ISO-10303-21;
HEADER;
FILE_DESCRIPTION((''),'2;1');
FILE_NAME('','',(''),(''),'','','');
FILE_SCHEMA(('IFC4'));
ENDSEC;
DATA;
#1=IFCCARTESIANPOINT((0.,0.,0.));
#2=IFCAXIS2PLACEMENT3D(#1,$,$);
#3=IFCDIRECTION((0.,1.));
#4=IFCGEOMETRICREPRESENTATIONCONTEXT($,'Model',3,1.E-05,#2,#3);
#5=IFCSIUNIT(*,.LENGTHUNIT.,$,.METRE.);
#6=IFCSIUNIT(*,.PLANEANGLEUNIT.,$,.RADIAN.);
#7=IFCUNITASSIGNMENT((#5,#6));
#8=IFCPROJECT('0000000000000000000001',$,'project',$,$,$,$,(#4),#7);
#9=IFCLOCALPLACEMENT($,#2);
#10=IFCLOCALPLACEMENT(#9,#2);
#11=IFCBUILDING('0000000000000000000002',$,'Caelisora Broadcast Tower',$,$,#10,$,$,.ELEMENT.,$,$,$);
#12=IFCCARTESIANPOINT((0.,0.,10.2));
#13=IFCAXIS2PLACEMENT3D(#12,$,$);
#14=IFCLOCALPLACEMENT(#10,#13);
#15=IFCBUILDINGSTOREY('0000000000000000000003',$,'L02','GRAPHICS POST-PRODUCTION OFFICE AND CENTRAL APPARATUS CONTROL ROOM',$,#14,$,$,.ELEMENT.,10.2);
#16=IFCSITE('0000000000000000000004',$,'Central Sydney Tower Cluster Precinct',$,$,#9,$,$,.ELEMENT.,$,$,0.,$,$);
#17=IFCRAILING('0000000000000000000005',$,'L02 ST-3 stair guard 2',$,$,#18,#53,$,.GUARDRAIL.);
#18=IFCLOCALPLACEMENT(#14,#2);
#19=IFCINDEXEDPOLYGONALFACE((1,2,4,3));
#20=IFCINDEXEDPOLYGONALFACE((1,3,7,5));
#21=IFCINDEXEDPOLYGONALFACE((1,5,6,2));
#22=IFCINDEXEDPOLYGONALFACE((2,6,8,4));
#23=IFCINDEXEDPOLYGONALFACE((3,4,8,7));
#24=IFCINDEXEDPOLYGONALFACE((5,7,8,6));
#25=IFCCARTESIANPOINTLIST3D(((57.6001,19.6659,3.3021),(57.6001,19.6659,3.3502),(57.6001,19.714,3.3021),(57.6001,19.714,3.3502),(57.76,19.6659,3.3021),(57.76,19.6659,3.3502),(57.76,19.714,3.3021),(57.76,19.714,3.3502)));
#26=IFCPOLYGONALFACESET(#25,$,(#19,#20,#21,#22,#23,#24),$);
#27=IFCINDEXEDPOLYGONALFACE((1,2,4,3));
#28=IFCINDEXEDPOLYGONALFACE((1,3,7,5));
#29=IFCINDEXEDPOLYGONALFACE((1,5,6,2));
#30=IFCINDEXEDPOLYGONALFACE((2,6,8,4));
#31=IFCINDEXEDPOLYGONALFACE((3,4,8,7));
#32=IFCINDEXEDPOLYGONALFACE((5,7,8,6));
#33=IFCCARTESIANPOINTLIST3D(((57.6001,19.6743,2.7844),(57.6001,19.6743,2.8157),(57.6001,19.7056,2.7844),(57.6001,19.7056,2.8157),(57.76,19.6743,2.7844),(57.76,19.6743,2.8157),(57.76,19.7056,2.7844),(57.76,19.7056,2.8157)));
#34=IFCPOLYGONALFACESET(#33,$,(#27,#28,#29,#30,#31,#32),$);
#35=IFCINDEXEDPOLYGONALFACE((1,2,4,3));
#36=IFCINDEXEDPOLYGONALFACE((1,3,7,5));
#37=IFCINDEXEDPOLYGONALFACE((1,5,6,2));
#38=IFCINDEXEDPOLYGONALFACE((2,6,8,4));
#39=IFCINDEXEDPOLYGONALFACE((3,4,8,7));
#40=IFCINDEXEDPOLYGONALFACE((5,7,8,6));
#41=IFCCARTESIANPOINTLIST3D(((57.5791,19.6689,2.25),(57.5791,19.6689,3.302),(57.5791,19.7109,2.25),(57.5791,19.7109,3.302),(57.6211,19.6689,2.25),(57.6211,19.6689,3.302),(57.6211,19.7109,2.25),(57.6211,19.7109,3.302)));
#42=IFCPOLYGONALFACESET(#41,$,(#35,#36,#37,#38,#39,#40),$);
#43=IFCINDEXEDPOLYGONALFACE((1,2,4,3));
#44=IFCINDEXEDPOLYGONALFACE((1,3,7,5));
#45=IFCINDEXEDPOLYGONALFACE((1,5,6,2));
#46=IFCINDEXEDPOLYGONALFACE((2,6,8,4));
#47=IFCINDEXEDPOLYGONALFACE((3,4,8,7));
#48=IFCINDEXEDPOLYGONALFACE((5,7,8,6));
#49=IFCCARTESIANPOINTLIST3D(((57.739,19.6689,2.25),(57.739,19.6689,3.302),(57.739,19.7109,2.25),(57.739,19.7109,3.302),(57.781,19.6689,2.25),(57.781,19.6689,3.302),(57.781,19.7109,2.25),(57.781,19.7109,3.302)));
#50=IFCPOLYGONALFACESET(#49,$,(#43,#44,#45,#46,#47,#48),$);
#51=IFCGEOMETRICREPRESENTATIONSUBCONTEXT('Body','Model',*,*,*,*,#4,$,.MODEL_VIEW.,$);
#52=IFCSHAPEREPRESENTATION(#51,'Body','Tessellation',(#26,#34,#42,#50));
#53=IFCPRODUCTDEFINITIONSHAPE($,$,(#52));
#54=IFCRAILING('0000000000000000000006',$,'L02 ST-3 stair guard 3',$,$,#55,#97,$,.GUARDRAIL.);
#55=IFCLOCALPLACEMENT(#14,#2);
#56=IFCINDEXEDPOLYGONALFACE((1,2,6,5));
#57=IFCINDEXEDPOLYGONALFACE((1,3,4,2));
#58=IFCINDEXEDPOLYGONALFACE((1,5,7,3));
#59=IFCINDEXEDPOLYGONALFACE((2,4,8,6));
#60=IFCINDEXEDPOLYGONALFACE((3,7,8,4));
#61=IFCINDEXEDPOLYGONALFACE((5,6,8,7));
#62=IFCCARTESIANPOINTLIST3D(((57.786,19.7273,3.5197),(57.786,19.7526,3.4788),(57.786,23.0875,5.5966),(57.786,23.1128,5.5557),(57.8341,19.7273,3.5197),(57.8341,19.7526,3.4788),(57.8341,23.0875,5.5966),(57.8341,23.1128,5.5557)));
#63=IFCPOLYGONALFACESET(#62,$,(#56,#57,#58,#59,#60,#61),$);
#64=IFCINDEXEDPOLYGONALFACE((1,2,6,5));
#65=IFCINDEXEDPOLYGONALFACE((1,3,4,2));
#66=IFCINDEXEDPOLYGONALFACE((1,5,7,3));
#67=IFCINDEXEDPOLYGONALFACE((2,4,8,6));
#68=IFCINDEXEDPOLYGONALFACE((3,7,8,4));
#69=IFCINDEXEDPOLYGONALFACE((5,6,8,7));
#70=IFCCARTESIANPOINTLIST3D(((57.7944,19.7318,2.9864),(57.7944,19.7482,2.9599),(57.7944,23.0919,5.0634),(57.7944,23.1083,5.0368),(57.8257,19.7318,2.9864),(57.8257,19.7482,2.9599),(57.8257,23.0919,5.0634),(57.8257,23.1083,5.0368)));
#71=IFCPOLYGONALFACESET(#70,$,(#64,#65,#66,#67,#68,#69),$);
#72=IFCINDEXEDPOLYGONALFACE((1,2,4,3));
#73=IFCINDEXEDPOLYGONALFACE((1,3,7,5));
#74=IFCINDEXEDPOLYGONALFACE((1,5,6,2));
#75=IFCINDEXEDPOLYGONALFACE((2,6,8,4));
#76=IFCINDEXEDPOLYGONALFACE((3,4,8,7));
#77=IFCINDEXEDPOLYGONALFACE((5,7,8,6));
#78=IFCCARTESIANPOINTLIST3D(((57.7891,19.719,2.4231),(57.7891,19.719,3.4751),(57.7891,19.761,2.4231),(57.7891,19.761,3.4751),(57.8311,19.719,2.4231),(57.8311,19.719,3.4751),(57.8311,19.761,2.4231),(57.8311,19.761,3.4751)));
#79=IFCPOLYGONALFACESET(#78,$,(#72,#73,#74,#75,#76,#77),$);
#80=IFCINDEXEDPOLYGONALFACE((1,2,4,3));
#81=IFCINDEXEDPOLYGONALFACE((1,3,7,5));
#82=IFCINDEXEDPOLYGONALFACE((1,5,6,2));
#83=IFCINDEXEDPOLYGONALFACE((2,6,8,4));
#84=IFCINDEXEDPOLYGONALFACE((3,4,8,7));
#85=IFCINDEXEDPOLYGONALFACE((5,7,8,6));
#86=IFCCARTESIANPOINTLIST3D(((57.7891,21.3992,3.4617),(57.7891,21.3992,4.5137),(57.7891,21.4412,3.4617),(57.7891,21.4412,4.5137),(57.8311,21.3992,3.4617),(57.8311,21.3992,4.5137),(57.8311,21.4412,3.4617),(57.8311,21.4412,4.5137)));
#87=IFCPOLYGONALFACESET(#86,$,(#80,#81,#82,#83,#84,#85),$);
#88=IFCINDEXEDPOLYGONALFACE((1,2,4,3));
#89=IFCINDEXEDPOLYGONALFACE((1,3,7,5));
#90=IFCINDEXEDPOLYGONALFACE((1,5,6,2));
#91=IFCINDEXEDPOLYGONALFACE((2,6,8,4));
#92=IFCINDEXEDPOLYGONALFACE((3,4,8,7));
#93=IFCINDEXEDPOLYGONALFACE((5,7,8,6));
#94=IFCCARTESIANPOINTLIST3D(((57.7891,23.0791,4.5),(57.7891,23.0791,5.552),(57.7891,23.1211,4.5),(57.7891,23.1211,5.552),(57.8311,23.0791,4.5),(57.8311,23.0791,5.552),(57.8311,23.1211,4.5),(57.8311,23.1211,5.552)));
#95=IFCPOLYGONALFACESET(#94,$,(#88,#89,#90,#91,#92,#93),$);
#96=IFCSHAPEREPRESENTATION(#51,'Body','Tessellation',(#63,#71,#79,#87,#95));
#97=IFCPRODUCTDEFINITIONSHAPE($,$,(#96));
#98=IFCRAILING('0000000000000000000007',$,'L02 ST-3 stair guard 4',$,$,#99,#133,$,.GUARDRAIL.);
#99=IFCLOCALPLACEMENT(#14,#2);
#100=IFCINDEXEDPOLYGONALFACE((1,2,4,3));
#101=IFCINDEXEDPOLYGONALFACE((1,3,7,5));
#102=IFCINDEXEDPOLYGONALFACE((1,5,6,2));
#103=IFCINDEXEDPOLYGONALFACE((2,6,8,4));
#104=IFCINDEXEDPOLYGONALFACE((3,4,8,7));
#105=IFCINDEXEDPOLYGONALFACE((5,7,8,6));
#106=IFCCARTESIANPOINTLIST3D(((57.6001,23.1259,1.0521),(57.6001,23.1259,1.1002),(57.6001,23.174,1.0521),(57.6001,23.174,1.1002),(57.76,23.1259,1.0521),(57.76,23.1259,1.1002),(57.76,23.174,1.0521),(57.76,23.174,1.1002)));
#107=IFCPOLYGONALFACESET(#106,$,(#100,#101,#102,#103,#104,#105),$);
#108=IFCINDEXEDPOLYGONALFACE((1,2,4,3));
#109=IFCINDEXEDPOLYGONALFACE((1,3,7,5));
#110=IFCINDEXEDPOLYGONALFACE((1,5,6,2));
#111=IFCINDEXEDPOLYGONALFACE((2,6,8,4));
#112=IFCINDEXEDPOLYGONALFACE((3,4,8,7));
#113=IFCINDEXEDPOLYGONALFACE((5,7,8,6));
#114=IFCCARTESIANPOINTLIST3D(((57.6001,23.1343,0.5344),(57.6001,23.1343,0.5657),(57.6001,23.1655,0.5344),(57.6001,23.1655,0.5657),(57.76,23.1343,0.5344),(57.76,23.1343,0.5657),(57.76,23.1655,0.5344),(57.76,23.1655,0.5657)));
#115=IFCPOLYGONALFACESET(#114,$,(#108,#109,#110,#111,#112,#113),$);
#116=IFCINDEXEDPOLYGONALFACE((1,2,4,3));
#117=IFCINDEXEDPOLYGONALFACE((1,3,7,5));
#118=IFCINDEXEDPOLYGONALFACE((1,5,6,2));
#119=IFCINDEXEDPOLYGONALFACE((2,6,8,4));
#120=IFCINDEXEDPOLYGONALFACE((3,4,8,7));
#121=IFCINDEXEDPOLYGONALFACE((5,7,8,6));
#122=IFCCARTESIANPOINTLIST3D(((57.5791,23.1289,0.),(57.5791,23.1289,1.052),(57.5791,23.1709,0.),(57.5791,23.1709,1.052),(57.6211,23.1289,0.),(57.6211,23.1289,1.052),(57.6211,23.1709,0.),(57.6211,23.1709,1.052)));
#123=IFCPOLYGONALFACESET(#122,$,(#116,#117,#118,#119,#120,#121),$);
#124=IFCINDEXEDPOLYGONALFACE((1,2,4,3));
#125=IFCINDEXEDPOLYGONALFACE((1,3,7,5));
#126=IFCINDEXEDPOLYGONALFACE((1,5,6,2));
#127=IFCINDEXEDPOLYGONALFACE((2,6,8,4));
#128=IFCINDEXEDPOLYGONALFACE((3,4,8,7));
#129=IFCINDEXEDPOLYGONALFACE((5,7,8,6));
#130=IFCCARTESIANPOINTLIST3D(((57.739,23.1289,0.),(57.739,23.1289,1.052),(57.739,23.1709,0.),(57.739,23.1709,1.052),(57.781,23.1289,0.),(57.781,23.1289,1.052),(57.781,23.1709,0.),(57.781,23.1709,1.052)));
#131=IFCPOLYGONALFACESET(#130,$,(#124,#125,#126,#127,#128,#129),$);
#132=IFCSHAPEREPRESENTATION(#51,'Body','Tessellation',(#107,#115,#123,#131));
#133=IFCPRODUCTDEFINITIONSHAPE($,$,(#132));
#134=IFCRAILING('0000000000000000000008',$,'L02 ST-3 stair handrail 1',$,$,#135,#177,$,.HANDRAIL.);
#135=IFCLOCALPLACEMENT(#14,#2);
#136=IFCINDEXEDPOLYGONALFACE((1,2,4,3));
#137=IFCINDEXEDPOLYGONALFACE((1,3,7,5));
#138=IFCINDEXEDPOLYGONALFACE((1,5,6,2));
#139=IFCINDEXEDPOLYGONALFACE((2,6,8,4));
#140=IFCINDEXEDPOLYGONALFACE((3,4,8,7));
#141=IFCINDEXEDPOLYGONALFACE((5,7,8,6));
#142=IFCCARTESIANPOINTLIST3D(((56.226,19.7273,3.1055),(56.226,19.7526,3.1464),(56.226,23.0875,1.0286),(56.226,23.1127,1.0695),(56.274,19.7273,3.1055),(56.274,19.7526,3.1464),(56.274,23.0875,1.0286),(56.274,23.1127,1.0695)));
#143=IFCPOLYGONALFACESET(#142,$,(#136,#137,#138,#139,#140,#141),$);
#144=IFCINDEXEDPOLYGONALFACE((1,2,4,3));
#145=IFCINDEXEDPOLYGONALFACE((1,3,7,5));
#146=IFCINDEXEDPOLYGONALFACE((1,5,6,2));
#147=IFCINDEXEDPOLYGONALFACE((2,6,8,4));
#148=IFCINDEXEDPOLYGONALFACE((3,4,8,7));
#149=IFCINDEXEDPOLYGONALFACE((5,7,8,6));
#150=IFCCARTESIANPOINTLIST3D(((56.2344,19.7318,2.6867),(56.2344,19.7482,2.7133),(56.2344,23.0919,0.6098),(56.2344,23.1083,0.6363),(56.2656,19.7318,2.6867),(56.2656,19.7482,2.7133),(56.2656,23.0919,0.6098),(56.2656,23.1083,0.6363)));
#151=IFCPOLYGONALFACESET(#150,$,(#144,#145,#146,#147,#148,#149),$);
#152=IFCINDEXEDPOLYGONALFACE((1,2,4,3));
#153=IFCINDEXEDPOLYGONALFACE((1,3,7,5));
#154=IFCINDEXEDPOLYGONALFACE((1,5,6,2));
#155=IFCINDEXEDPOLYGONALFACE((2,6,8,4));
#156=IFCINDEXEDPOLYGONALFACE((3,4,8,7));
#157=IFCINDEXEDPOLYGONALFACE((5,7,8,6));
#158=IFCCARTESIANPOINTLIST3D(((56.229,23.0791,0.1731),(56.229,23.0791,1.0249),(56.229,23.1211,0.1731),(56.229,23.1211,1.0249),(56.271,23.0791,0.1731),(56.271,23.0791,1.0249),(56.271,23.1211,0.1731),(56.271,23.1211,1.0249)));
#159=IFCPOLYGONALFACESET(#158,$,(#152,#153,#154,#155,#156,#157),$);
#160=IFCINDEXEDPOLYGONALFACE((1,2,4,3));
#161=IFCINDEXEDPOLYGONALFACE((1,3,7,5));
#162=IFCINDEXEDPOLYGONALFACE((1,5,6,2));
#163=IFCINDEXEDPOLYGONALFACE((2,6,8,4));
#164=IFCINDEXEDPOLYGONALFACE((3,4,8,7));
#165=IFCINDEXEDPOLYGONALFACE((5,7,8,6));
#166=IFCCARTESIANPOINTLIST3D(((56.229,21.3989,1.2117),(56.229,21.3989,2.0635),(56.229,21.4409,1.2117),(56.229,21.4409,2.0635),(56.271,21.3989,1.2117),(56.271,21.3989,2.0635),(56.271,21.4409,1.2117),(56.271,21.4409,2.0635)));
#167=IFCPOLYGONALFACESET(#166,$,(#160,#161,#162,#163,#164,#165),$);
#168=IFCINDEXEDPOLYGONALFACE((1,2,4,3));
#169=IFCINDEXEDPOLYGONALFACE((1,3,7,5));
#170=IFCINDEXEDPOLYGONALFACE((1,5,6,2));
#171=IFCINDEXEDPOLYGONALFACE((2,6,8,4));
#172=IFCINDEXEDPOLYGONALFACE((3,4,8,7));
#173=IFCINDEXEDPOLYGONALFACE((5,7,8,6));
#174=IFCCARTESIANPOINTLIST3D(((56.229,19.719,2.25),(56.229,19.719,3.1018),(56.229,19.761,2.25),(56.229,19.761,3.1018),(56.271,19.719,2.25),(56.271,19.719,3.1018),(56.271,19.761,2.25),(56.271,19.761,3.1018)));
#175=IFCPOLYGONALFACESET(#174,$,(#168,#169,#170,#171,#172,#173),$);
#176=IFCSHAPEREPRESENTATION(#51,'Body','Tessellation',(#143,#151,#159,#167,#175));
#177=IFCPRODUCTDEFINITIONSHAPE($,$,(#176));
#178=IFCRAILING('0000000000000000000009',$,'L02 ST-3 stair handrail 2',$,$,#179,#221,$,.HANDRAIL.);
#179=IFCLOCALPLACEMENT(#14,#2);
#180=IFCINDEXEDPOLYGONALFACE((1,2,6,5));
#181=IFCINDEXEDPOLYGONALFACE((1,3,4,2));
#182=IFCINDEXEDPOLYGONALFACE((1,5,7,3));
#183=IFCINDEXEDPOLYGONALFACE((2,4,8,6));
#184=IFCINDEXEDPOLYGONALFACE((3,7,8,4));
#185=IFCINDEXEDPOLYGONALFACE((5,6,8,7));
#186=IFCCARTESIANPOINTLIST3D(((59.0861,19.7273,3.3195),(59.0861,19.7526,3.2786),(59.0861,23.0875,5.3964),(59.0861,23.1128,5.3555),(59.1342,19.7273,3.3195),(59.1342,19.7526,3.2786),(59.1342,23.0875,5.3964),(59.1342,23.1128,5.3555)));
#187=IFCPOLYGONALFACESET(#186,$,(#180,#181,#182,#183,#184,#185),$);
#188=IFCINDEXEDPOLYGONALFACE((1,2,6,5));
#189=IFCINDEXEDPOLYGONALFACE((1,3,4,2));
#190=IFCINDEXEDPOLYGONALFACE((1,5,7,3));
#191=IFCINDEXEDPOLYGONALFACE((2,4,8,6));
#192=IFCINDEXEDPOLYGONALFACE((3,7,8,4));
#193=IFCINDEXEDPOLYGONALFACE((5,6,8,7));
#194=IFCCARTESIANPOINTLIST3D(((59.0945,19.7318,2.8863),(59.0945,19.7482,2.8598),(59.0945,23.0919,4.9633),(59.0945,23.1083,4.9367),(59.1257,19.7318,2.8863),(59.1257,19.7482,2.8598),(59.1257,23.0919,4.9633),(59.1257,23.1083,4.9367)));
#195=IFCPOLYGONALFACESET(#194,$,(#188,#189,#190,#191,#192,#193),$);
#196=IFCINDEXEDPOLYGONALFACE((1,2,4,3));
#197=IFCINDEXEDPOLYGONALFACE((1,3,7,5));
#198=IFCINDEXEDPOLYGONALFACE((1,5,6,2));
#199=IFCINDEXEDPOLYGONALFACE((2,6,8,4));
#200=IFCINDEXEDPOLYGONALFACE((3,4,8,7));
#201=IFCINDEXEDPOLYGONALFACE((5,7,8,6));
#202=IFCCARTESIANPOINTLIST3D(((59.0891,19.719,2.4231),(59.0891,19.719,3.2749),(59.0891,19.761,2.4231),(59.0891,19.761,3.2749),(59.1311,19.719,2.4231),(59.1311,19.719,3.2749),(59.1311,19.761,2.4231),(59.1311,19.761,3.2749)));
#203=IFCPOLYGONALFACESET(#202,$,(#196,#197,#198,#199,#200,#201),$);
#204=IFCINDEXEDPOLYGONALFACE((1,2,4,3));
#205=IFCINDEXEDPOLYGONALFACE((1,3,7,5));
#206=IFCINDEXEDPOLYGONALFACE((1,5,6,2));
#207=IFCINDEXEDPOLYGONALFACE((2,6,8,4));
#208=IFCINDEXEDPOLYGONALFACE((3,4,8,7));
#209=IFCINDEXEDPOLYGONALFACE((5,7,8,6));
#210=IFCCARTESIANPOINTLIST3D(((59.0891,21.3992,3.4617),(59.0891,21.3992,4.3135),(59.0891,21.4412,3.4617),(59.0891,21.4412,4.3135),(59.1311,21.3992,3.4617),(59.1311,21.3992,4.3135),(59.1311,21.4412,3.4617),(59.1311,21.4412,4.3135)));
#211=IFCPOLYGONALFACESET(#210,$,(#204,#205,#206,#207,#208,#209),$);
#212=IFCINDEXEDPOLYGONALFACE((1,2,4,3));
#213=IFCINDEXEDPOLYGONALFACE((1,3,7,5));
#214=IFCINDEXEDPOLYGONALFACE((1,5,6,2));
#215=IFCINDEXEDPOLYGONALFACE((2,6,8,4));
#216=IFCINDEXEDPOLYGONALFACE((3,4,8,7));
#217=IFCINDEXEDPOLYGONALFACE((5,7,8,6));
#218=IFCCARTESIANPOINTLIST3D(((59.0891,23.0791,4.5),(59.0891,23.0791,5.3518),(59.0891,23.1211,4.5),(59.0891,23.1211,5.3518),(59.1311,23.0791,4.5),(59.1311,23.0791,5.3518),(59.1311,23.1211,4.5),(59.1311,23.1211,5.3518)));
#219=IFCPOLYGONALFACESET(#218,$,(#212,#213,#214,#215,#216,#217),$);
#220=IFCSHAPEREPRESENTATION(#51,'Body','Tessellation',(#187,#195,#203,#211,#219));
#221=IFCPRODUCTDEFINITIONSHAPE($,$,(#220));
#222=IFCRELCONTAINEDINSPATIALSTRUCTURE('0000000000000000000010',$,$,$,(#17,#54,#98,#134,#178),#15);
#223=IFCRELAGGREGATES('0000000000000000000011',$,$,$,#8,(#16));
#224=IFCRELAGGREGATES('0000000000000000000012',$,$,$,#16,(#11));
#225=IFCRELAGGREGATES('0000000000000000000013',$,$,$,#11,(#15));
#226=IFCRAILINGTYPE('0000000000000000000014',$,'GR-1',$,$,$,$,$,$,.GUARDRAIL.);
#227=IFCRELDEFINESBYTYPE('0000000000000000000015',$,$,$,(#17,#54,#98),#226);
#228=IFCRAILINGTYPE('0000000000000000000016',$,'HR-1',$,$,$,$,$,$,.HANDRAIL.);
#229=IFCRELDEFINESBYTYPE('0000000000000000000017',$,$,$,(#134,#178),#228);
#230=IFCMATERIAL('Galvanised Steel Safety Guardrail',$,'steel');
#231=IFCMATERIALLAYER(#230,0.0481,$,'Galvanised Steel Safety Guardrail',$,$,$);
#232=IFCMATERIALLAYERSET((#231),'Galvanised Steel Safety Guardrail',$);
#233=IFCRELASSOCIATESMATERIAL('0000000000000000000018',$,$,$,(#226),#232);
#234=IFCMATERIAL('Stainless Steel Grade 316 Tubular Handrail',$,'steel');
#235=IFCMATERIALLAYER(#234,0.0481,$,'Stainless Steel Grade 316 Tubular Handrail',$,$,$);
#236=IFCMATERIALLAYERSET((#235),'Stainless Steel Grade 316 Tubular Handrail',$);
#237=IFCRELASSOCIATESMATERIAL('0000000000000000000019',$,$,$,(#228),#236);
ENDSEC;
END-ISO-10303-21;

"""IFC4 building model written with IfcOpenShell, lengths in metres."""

from ifc_helpers import new_model, si_unit, direction, frame, origin, origin_2d, place, context, subcontext, project, spatial, rectangle, extrude, material, layer, layer_set, type_object, element, save


model = new_model("IFC4")

# Units and contexts
model_context = context("Model", 3, precision=1e-05, world=origin(), true_north=direction((0.0, 1.0)))
body_context = subcontext(model_context, "Body", "Model", "MODEL_VIEW")
ifc_project = project(units=[si_unit("LENGTHUNIT", "METRE"), si_unit("PLANEANGLEUNIT", "RADIAN")], contexts=[model_context])

# Site, building, storey
site_placement = place(None, origin())
site = spatial("IfcSite", under=ifc_project, at=site_placement, Name="Central Sydney Tower Cluster Precinct", CompositionType="ELEMENT", RefElevation=0.0)
building_placement = place(site_placement, origin())
building = spatial("IfcBuilding", under=site, at=building_placement, Name="Caelisora Broadcast Tower", CompositionType="ELEMENT")
storey_placement = place(building_placement, frame((0.0, 0.0, 10.2)))
storey = spatial("IfcBuildingStorey", under=building, at=storey_placement, Name="L02", Description="GRAPHICS POST-PRODUCTION OFFICE AND CENTRAL APPARATUS CONTROL ROOM", CompositionType="ELEMENT", Elevation=10.2)

# Railings
ifc_material_1 = material(Name="Galvanised Steel Safety Guardrail", Category="steel")
ifc_layer_1 = layer(ifc_material_1, 0.0481, Name="Galvanised Steel Safety Guardrail")
ifc_layer_set_1 = layer_set([ifc_layer_1], Name="Galvanised Steel Safety Guardrail")
railing_type_1 = type_object("IfcRailingType", Name="GR-1", PredefinedType="GUARDRAIL", material=ifc_layer_set_1)
railing_1_placement = place(storey_placement, frame((57.6001, 19.6899, 2.25)))
element("IfcRailing", 1, at=railing_1_placement, inside=storey, type_object=railing_type_1, Name="L02 ST-3 stair guard 2", PredefinedType="GUARDRAIL", context=body_context, shape_type="SweptSolid", body=[
    extrude(rectangle(XDim=0.0481, YDim=0.0481, at=origin_2d()), frame((0.0, 0.0, 1.0762), z_axis=(1.0, 0.0, 0.0), x_axis=(0.0, 1.0, 0.0)), (0.0, 0.0, 1.0), 0.1599),
    extrude(rectangle(XDim=0.0312, YDim=0.0312, at=origin_2d()), frame((0.0, 0.0, 0.55), z_axis=(1.0, 0.0, 0.0), x_axis=(0.0, 1.0, 0.0)), (0.0, 0.0, 1.0), 0.1599),
    extrude(rectangle(XDim=0.042, YDim=0.042, at=origin_2d()), origin(), (0.0, 0.0, 1.0), 1.052),
    extrude(rectangle(XDim=0.042, YDim=0.042, at=origin_2d()), frame((0.1599, 0.0, 0.0)), (0.0, 0.0, 1.0), 1.052),
])
railing_2_placement = place(storey_placement, frame((57.8101, 19.74, 2.4231)))
element("IfcRailing", 2, at=railing_2_placement, inside=storey, type_object=railing_type_1, Name="L02 ST-3 stair guard 3", PredefinedType="GUARDRAIL", context=body_context, shape_type="SweptSolid", body=[
    extrude(rectangle(XDim=0.0481, YDim=0.0481, at=origin_2d()), frame((0.0, 0.0, 1.0762), z_axis=(0.0, 0.850623, 0.525776), x_axis=(-1.0, 0.0, 0.0)), (0.0, 0.0, 1.0), 3.9502),
    extrude(rectangle(XDim=0.0312, YDim=0.0312, at=origin_2d()), frame((0.0, 0.0, 0.55), z_axis=(0.0, 0.850623, 0.525776), x_axis=(-1.0, 0.0, 0.0)), (0.0, 0.0, 1.0), 3.9502),
    extrude(rectangle(XDim=0.042, YDim=0.042, at=origin_2d()), origin(), (0.0, 0.0, 1.0), 1.052),
    extrude(rectangle(XDim=0.042, YDim=0.042, at=origin_2d()), frame((0.0, 1.6802, 1.0386)), (0.0, 0.0, 1.0), 1.052),
    extrude(rectangle(XDim=0.042, YDim=0.042, at=origin_2d()), frame((0.0, 3.3601, 2.0769)), (0.0, 0.0, 1.0), 1.052),
])
railing_3_placement = place(storey_placement, frame((57.6001, 23.1499, 0.0)))
element("IfcRailing", 3, at=railing_3_placement, inside=storey, type_object=railing_type_1, Name="L02 ST-3 stair guard 4", PredefinedType="GUARDRAIL", context=body_context, shape_type="SweptSolid", body=[
    extrude(rectangle(XDim=0.0481, YDim=0.0481, at=origin_2d()), frame((0.0, 0.0, 1.0762), z_axis=(1.0, 0.0, 0.0), x_axis=(0.0, 1.0, 0.0)), (0.0, 0.0, 1.0), 0.1599),
    extrude(rectangle(XDim=0.0312, YDim=0.0312, at=origin_2d()), frame((0.0, 0.0, 0.55), z_axis=(1.0, 0.0, 0.0), x_axis=(0.0, 1.0, 0.0)), (0.0, 0.0, 1.0), 0.1599),
    extrude(rectangle(XDim=0.042, YDim=0.042, at=origin_2d()), origin(), (0.0, 0.0, 1.0), 1.052),
    extrude(rectangle(XDim=0.042, YDim=0.042, at=origin_2d()), frame((0.1599, 0.0, 0.0)), (0.0, 0.0, 1.0), 1.052),
])
ifc_material_2 = material(Name="Stainless Steel Grade 316 Tubular Handrail", Category="steel")
ifc_layer_2 = layer(ifc_material_2, 0.0481, Name="Stainless Steel Grade 316 Tubular Handrail")
ifc_layer_set_2 = layer_set([ifc_layer_2], Name="Stainless Steel Grade 316 Tubular Handrail")
railing_type_2 = type_object("IfcRailingType", Name="HR-1", PredefinedType="HANDRAIL", material=ifc_layer_set_2)
railing_4_placement = place(storey_placement, frame((56.25, 23.1001, 0.1731)))
element("IfcRailing", 4, at=railing_4_placement, inside=storey, type_object=railing_type_2, Name="L02 ST-3 stair handrail 1", PredefinedType="HANDRAIL", context=body_context, shape_type="SweptSolid", body=[
    extrude(rectangle(XDim=0.0481, YDim=0.0481, at=origin_2d()), frame((0.0, 0.0, 0.876), z_axis=(0.0, -0.850623, 0.525776), x_axis=(1.0, 0.0, 0.0)), (0.0, 0.0, 1.0), 3.9502),
    extrude(rectangle(XDim=0.0312, YDim=0.0312, at=origin_2d()), frame((0.0, 0.0, 0.45), z_axis=(0.0, -0.850623, 0.525776), x_axis=(1.0, 0.0, 0.0)), (0.0, 0.0, 1.0), 3.9502),
    extrude(rectangle(XDim=0.042, YDim=0.042, at=origin_2d()), origin(), (0.0, 0.0, 1.0), 0.8518),
    extrude(rectangle(XDim=0.042, YDim=0.042, at=origin_2d()), frame((0.0, -1.6802, 1.0386)), (0.0, 0.0, 1.0), 0.8518),
    extrude(rectangle(XDim=0.042, YDim=0.042, at=origin_2d()), frame((0.0, -3.3601, 2.0769)), (0.0, 0.0, 1.0), 0.8518),
])
railing_5_placement = place(storey_placement, frame((59.1101, 19.74, 2.4231)))
element("IfcRailing", 5, at=railing_5_placement, inside=storey, type_object=railing_type_2, Name="L02 ST-3 stair handrail 2", PredefinedType="HANDRAIL", context=body_context, shape_type="SweptSolid", body=[
    extrude(rectangle(XDim=0.0481, YDim=0.0481, at=origin_2d()), frame((0.0, 0.0, 0.876), z_axis=(0.0, 0.850623, 0.525776), x_axis=(-1.0, 0.0, 0.0)), (0.0, 0.0, 1.0), 3.9502),
    extrude(rectangle(XDim=0.0312, YDim=0.0312, at=origin_2d()), frame((0.0, 0.0, 0.45), z_axis=(0.0, 0.850623, 0.525776), x_axis=(-1.0, 0.0, 0.0)), (0.0, 0.0, 1.0), 3.9502),
    extrude(rectangle(XDim=0.042, YDim=0.042, at=origin_2d()), origin(), (0.0, 0.0, 1.0), 0.8518),
    extrude(rectangle(XDim=0.042, YDim=0.042, at=origin_2d()), frame((0.0, 1.6802, 1.0386)), (0.0, 0.0, 1.0), 0.8518),
    extrude(rectangle(XDim=0.042, YDim=0.042, at=origin_2d()), frame((0.0, 3.3601, 2.0769)), (0.0, 0.0, 1.0), 0.8518),
])

save(model, "model.ifc")
